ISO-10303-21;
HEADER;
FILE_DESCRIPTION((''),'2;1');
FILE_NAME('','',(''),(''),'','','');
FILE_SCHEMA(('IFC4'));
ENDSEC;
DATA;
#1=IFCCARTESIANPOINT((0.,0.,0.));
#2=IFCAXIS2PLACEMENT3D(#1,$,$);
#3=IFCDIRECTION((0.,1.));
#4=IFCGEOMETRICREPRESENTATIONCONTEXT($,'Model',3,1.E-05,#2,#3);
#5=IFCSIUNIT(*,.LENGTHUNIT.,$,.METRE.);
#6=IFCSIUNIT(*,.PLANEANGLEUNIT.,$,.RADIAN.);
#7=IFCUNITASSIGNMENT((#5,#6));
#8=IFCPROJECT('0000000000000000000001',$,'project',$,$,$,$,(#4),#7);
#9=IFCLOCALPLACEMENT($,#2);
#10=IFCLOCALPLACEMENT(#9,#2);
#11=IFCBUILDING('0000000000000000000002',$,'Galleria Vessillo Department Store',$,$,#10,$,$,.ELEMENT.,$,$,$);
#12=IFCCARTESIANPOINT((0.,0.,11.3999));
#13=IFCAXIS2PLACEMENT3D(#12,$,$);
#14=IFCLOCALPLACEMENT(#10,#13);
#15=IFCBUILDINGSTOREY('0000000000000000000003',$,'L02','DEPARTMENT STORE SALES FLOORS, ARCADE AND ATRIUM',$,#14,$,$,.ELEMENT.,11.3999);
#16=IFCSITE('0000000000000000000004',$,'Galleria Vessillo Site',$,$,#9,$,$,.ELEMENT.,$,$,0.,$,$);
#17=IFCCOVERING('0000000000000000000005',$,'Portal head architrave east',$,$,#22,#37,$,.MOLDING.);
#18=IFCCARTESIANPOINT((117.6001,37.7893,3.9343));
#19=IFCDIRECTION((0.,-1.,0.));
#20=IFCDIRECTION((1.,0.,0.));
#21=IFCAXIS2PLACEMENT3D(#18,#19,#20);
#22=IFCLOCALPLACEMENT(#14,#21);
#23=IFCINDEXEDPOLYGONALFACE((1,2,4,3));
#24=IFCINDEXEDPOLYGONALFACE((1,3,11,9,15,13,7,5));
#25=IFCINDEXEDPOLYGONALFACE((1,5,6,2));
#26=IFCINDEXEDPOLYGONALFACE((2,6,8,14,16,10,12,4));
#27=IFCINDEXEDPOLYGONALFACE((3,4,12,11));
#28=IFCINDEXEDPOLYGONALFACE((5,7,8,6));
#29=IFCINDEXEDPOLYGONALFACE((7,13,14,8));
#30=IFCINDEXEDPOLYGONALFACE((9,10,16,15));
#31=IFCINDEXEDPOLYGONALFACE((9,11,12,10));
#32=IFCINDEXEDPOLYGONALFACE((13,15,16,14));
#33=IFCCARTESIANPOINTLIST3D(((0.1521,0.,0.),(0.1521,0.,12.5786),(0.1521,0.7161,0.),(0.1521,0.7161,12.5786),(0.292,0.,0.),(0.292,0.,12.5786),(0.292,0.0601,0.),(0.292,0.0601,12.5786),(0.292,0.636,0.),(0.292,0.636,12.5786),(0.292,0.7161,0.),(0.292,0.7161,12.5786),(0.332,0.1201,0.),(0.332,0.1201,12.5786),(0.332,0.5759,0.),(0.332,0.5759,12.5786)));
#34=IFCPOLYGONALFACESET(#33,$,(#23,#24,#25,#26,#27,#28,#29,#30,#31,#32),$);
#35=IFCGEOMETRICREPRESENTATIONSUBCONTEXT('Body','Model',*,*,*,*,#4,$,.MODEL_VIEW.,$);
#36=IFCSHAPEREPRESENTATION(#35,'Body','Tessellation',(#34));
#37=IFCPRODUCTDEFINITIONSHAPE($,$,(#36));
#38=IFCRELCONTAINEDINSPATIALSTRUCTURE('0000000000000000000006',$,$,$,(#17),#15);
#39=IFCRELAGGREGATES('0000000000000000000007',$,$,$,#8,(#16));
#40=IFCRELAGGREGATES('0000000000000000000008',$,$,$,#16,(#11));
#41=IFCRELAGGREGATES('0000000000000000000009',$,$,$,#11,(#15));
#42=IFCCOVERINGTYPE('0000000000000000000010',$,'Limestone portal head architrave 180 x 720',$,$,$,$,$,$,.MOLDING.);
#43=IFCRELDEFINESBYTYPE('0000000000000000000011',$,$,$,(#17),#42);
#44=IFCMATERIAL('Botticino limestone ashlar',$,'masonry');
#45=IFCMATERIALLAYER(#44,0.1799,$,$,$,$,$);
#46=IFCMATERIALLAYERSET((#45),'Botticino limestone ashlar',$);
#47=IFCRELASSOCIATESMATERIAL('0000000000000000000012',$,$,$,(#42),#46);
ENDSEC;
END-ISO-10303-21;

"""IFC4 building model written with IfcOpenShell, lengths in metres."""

from ifc_helpers import new_model, si_unit, direction, frame, origin, place, context, subcontext, project, spatial, polyline, outline, extrude, material, layer, layer_set, type_object, element, save


model = new_model("IFC4")

# Units and contexts
model_context = context("Model", 3, precision=1e-05, world=origin(), true_north=direction((0.0, 1.0)))
body_context = subcontext(model_context, "Body", "Model", "MODEL_VIEW")
ifc_project = project(units=[si_unit("LENGTHUNIT", "METRE"), si_unit("PLANEANGLEUNIT", "RADIAN")], contexts=[model_context])

# Site, building, storey
site_placement = place(None, origin())
site = spatial("IfcSite", under=ifc_project, at=site_placement, Name="Galleria Vessillo Site", CompositionType="ELEMENT", RefElevation=0.0)
building_placement = place(site_placement, origin())
building = spatial("IfcBuilding", under=site, at=building_placement, Name="Galleria Vessillo Department Store", CompositionType="ELEMENT")
storey_placement = place(building_placement, frame((0.0, 0.0, 11.3999)))
storey = spatial("IfcBuildingStorey", under=building, at=storey_placement, Name="L02", Description="DEPARTMENT STORE SALES FLOORS, ARCADE AND ATRIUM", CompositionType="ELEMENT", Elevation=11.3999)

# Covering
ifc_material_1 = material(Name="Botticino limestone ashlar", Category="masonry")
ifc_layer_1 = layer(ifc_material_1, 0.1799)
ifc_layer_set_1 = layer_set([ifc_layer_1], Name="Botticino limestone ashlar")
covering_type = type_object("IfcCoveringType", Name="Limestone portal head architrave 180 x 720", PredefinedType="MOLDING", material=ifc_layer_set_1)
covering_placement = place(storey_placement, frame((117.6001, 37.7893, 3.9343), z_axis=(0.0, -1.0, 0.0), x_axis=(1.0, 0.0, 0.0)))
element("IfcCovering", 1, at=covering_placement, inside=storey, type_object=covering_type, Name="Portal head architrave east", PredefinedType="MOLDING", context=body_context, shape_type="SweptSolid", body=[
    extrude(outline(polyline([(0.1521, 0.0), (0.292, 0.0), (0.292, 0.0601), (0.332, 0.1201), (0.332, 0.5759), (0.292, 0.636), (0.292, 0.7161), (0.1521, 0.7161), (0.1521, 0.0)])), origin(), (0.0, 0.0, 1.0), 12.5786),
])

save(model, "model.ifc")
